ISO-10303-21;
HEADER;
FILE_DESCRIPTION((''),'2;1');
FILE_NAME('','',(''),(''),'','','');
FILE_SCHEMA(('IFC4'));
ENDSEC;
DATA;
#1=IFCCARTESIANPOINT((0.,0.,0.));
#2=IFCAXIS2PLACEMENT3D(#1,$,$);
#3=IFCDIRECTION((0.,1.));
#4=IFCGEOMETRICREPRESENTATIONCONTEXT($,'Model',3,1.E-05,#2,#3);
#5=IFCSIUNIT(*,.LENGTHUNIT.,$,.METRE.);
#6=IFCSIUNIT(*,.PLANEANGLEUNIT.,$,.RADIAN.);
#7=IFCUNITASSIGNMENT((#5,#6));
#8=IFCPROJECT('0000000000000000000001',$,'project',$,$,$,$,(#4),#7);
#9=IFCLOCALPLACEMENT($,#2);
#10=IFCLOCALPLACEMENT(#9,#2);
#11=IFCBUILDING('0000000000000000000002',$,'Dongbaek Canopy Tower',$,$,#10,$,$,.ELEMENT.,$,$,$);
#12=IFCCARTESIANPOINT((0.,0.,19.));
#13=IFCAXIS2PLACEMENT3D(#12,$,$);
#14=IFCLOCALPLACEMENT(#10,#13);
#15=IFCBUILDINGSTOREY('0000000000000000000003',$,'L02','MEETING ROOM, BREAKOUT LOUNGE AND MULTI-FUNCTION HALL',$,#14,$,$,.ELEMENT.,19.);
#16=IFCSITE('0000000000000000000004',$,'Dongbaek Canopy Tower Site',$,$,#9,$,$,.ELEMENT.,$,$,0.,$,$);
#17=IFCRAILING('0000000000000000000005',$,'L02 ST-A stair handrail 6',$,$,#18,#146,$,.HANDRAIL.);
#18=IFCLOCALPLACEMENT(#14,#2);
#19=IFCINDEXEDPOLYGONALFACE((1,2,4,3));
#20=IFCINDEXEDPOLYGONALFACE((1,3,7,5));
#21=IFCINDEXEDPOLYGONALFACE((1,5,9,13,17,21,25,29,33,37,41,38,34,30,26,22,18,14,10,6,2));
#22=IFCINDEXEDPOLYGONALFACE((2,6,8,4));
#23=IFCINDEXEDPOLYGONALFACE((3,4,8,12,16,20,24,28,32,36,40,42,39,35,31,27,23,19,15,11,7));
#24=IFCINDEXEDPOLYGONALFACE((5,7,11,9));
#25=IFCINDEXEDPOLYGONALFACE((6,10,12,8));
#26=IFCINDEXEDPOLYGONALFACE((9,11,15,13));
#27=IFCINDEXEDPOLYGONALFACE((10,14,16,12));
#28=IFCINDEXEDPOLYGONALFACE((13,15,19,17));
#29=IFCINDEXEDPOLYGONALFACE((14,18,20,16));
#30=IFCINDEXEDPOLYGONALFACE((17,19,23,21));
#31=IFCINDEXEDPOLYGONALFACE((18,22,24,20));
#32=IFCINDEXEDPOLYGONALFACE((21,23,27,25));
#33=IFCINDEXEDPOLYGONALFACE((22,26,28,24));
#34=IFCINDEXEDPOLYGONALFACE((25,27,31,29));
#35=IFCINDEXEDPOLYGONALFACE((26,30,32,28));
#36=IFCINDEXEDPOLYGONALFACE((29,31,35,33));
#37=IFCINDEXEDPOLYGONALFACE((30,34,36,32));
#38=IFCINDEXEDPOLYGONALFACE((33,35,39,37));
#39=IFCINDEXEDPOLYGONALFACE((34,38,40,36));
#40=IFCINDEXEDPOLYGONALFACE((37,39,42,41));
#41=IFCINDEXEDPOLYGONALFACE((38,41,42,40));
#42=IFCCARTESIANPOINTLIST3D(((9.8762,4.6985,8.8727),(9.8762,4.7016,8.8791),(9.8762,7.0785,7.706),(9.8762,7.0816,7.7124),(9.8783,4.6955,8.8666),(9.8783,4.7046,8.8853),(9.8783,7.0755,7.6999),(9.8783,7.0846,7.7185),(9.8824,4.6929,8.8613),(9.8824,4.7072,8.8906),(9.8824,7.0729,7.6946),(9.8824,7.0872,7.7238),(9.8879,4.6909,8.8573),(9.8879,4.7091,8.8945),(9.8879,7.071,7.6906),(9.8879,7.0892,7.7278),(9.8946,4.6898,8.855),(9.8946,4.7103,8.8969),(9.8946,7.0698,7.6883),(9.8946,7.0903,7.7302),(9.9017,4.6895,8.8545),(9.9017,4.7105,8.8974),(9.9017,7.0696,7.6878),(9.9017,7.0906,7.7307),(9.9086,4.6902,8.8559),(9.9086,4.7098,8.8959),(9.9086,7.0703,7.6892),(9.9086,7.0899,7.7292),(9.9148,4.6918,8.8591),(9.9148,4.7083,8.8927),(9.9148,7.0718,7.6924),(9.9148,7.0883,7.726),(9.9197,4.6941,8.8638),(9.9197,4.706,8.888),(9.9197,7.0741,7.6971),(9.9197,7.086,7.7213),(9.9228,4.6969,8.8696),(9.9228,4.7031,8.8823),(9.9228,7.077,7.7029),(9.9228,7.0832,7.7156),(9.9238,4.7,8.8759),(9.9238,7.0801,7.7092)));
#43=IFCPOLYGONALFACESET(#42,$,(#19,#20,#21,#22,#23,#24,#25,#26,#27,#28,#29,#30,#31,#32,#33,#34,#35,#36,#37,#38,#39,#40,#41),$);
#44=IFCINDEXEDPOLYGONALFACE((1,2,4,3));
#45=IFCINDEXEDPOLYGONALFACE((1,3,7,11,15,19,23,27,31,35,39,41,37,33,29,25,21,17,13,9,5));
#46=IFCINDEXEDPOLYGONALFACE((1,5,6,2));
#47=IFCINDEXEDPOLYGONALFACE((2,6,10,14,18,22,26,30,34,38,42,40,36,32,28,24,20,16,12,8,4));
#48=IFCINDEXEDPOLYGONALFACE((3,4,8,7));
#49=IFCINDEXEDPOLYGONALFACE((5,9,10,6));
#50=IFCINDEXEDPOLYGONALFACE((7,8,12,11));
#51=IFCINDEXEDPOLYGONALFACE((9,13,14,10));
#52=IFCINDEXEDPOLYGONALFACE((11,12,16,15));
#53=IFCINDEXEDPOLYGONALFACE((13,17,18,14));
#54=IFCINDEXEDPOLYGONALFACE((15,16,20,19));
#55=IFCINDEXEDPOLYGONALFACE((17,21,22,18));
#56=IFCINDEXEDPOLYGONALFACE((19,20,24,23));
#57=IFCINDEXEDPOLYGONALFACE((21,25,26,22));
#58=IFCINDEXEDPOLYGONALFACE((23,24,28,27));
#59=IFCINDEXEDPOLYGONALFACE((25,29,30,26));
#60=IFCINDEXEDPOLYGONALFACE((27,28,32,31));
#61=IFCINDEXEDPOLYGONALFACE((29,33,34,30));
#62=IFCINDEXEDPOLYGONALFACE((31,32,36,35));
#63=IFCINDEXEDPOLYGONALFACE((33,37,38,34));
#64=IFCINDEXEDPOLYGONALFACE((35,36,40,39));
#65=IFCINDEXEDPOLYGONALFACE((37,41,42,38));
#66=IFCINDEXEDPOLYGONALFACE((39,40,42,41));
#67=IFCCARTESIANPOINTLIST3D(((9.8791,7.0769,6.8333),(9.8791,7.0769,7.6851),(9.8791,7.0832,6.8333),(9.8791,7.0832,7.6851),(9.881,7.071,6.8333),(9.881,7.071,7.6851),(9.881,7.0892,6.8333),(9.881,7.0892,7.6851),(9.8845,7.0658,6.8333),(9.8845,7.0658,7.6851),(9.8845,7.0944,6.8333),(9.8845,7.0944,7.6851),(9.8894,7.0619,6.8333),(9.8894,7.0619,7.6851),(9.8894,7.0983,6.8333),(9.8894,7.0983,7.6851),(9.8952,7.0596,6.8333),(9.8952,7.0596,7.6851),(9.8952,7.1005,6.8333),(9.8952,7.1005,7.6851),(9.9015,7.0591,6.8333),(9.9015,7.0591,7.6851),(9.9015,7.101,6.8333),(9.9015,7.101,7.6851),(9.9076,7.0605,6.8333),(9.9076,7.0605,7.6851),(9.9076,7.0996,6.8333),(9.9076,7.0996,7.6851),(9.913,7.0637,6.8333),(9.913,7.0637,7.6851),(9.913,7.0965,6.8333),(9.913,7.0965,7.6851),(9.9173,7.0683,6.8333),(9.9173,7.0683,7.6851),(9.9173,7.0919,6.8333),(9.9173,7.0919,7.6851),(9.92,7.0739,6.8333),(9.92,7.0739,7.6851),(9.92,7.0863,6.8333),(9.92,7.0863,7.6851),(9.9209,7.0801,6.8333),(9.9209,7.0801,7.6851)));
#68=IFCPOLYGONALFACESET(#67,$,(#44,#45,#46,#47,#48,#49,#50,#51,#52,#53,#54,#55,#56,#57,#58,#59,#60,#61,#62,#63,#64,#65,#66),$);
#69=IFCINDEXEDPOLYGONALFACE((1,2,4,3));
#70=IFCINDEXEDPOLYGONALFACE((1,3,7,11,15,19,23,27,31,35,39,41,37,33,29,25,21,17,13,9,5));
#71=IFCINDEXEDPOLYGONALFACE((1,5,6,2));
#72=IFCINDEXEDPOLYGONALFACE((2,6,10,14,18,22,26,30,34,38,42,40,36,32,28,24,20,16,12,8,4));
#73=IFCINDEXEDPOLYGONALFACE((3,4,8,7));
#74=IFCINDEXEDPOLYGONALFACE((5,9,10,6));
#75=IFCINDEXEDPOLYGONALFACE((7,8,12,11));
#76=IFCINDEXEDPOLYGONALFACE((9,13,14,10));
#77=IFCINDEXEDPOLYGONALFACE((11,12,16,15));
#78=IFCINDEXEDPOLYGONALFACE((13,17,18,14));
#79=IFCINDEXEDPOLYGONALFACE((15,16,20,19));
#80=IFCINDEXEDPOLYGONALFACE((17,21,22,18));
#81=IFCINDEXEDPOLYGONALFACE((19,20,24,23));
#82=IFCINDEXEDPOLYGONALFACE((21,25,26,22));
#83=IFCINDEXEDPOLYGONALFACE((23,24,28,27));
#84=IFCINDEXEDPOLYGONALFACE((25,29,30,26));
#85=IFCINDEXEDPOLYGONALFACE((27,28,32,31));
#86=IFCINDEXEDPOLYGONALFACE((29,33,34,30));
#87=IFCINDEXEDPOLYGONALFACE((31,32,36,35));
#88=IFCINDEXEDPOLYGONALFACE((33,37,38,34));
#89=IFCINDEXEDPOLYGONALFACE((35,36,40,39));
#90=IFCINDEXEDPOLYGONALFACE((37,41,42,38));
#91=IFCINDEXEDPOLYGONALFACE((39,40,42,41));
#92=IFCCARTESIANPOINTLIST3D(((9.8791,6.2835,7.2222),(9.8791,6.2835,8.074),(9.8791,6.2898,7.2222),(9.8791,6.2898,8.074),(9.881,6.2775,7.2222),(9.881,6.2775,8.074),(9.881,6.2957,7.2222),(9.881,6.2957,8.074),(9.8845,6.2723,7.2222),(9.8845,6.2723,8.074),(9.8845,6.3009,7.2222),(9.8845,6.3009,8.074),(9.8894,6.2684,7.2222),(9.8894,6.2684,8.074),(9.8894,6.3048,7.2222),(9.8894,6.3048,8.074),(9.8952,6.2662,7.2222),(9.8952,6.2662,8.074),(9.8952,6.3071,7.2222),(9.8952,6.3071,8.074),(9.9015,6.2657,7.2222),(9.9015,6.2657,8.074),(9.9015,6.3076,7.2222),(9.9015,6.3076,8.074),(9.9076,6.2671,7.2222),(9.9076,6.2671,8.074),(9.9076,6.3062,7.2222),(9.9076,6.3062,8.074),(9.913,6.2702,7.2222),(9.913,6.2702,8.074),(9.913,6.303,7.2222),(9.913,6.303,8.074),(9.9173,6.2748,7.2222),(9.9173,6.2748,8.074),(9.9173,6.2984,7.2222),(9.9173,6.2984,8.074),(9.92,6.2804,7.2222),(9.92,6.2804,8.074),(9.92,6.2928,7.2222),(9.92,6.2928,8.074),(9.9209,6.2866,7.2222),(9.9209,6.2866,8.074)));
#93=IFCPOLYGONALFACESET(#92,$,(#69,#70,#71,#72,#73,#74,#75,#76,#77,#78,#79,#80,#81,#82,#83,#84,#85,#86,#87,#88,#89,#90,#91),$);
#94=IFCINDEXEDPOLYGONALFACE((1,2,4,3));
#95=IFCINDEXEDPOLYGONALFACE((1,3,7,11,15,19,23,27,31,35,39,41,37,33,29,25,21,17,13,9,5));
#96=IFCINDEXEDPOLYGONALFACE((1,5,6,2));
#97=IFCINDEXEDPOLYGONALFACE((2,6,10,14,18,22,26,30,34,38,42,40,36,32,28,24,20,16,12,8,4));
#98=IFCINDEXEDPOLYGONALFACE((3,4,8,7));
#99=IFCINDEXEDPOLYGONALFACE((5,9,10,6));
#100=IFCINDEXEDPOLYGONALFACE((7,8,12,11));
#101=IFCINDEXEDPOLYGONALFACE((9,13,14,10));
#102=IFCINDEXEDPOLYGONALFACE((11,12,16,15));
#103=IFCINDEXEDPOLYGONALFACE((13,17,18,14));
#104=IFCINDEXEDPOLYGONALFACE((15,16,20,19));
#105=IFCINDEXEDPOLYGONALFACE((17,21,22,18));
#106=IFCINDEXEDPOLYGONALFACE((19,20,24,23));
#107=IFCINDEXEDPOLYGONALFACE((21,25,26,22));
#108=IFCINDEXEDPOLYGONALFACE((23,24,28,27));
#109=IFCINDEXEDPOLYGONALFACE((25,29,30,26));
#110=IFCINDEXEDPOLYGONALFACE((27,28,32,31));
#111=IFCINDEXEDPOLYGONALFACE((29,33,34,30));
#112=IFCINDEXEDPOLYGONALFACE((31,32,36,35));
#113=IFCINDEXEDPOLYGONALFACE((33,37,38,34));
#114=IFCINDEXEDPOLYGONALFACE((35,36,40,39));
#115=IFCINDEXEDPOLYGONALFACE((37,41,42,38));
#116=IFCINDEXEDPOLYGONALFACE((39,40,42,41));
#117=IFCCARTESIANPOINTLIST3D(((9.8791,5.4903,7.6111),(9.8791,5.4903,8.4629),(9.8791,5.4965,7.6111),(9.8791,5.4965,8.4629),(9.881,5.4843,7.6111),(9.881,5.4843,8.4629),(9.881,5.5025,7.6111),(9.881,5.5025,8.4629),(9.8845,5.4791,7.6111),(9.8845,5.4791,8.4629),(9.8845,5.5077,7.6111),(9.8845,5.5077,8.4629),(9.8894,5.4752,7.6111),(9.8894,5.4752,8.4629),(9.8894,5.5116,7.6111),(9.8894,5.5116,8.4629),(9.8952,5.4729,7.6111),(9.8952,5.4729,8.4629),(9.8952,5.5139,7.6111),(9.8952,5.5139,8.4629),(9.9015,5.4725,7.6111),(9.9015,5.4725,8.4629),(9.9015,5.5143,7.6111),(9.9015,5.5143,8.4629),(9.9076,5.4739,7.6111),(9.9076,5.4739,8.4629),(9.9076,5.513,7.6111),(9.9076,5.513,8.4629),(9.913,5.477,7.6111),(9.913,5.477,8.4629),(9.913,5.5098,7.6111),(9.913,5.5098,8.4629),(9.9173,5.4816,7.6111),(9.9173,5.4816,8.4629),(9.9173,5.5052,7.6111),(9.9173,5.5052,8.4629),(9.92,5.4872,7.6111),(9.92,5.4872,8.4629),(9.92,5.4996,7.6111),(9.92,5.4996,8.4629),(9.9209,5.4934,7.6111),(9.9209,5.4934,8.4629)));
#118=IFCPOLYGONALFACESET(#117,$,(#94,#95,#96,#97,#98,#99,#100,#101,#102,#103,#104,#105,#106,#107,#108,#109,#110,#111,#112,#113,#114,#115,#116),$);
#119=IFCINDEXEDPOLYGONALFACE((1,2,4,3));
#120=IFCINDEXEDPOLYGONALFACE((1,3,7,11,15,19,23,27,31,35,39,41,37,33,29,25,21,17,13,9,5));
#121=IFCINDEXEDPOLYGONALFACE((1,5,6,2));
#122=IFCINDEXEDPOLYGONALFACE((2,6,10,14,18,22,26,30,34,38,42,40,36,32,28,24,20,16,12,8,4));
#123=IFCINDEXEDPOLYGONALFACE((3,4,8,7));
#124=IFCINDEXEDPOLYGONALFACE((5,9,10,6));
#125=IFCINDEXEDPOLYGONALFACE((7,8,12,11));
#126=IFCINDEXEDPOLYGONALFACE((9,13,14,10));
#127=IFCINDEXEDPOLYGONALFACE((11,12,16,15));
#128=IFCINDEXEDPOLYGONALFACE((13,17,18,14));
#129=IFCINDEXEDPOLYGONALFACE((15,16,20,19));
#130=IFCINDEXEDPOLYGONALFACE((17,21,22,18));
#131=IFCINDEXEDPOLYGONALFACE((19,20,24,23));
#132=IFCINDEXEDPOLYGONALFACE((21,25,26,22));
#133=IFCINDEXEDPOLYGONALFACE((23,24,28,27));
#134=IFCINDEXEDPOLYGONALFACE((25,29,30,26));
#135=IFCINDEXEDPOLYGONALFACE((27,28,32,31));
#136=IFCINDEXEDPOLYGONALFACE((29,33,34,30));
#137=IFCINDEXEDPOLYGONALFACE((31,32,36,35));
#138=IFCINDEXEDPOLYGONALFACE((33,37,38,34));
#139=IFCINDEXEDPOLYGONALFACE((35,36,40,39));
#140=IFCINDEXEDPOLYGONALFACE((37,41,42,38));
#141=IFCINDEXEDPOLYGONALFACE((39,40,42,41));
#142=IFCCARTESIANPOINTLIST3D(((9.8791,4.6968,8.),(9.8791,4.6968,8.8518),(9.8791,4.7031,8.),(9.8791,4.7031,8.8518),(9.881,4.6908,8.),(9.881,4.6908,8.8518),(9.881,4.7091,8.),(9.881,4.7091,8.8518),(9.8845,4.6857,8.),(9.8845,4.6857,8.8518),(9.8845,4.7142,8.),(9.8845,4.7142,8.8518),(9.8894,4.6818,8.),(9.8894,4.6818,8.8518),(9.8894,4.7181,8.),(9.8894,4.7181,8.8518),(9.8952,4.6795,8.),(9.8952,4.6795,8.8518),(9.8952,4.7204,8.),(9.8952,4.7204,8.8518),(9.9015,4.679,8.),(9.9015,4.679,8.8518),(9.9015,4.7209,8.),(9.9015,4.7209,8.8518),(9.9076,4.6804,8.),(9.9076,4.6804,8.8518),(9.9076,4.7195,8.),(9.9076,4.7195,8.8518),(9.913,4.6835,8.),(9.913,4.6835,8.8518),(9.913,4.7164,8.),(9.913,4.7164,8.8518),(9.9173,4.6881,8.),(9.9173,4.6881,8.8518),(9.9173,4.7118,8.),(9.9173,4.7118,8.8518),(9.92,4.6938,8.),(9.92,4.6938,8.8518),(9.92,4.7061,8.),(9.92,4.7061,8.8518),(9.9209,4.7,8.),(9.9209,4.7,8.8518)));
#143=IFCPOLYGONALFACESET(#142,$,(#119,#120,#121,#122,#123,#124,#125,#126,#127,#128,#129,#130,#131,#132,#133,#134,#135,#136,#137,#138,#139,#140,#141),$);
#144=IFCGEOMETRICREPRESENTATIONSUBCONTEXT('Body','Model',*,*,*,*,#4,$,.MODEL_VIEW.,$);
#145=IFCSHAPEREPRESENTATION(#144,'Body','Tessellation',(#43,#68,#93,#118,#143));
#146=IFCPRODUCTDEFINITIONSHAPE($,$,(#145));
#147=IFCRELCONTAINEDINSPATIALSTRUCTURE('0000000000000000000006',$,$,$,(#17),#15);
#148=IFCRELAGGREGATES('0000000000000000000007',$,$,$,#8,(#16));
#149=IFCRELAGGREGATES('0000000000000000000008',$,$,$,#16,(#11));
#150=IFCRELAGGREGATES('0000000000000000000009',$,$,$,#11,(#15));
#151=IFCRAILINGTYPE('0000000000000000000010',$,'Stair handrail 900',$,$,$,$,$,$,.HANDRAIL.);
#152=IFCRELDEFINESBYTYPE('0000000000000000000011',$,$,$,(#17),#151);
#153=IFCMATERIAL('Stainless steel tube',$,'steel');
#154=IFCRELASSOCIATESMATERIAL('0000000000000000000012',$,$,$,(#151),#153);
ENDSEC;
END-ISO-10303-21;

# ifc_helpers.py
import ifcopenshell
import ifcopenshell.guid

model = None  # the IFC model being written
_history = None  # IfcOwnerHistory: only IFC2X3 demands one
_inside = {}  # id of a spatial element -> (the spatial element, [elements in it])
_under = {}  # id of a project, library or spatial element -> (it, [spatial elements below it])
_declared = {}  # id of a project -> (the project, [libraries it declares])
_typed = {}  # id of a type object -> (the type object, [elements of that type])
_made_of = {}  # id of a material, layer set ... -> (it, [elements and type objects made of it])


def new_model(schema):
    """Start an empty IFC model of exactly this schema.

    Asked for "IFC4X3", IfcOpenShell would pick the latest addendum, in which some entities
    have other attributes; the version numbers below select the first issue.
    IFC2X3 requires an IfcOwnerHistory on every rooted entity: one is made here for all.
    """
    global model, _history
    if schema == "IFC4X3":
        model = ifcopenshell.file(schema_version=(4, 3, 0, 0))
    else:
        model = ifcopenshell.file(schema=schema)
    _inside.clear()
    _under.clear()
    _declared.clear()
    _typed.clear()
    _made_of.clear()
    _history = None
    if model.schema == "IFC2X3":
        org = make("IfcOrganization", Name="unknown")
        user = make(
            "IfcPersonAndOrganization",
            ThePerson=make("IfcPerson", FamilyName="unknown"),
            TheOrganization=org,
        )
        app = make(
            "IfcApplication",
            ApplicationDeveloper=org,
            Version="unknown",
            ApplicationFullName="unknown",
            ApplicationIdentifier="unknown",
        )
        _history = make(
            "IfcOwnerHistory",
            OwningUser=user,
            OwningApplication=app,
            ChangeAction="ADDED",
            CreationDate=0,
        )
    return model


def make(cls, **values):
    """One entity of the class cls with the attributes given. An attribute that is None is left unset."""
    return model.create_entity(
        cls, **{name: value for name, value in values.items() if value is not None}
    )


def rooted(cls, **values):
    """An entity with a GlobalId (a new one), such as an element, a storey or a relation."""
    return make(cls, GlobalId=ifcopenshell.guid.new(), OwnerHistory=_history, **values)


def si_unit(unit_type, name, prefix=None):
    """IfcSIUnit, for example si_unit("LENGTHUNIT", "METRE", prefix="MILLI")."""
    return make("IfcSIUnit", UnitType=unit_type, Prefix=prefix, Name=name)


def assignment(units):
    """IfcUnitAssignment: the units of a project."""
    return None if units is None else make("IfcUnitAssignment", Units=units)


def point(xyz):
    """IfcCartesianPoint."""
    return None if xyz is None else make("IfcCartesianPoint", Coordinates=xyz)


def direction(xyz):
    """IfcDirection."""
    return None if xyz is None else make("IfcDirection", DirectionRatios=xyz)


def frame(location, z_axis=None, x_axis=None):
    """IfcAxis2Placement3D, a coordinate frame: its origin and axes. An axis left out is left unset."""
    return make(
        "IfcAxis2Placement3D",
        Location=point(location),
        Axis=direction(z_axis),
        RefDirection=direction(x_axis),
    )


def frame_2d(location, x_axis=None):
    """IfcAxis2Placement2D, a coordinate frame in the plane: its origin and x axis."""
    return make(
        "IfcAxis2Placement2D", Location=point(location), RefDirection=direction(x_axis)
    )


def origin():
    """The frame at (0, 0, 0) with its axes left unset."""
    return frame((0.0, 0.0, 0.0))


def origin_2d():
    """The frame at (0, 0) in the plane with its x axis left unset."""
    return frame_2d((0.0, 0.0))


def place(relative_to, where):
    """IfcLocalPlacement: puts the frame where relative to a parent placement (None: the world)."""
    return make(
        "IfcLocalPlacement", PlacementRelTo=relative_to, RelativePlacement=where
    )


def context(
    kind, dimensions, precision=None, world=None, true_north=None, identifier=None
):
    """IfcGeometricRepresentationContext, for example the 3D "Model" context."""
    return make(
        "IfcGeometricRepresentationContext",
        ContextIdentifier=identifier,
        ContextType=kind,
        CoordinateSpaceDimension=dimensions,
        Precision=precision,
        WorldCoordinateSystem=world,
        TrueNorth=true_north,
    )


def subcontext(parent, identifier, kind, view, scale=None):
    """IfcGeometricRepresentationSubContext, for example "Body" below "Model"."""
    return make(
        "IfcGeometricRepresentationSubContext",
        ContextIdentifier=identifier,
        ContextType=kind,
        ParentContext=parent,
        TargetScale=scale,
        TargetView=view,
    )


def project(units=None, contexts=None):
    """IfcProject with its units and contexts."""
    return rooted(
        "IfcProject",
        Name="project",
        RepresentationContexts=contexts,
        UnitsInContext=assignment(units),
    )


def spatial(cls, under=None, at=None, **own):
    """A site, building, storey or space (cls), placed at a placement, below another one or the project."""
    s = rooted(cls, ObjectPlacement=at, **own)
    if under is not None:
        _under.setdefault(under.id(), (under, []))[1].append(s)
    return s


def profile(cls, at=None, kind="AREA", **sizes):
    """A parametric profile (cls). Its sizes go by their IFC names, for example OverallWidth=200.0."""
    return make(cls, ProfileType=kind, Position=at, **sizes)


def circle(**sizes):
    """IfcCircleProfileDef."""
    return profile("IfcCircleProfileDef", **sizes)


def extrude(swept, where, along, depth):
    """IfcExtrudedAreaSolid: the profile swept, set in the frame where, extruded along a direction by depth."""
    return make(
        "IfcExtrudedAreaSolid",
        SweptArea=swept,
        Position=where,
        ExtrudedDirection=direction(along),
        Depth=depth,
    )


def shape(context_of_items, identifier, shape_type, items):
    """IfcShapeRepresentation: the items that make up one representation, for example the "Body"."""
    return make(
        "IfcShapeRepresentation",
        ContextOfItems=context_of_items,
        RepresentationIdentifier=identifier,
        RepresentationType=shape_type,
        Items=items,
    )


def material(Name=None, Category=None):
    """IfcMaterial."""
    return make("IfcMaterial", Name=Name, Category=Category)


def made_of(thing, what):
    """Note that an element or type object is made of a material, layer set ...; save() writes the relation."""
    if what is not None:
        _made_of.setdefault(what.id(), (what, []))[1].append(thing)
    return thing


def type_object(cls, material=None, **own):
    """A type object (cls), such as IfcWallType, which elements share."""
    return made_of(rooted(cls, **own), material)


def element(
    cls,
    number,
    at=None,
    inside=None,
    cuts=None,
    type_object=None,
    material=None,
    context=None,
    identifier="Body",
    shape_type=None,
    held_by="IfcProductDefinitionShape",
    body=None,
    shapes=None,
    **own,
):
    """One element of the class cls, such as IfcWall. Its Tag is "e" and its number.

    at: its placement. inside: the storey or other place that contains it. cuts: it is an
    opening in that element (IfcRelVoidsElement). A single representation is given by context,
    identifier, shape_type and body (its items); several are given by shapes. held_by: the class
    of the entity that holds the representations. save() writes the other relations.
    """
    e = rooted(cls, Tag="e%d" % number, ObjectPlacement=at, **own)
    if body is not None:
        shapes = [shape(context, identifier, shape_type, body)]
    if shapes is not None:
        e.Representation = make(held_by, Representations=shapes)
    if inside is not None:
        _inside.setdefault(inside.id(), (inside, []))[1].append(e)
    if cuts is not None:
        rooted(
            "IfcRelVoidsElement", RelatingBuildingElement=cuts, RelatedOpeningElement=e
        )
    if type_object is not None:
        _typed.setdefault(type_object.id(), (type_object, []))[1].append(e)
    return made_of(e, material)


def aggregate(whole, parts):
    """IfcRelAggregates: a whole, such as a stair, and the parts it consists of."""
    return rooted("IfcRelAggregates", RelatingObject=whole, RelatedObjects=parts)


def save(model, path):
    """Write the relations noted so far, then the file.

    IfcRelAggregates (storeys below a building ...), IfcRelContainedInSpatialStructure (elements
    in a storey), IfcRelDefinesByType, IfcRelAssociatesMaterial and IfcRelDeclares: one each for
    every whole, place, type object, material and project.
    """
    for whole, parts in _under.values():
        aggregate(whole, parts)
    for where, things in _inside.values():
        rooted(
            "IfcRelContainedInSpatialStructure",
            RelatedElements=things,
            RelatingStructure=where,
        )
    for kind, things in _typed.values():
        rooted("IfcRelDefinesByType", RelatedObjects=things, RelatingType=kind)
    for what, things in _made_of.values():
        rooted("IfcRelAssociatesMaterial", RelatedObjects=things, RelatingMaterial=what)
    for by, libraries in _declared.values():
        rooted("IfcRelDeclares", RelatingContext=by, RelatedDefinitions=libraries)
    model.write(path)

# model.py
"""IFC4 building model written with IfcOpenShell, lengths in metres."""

from ifc_helpers import new_model, si_unit, direction, frame, origin, origin_2d, place, context, subcontext, project, spatial, circle, extrude, material, type_object, element, save


model = new_model("IFC4")

# Units and contexts
model_context = context("Model", 3, precision=1e-05, world=origin(), true_north=direction((0.0, 1.0)))
body_context = subcontext(model_context, "Body", "Model", "MODEL_VIEW")
ifc_project = project(units=[si_unit("LENGTHUNIT", "METRE"), si_unit("PLANEANGLEUNIT", "RADIAN")], contexts=[model_context])

# Site, building, storey
site_placement = place(None, origin())
site = spatial("IfcSite", under=ifc_project, at=site_placement, Name="Dongbaek Canopy Tower Site", CompositionType="ELEMENT", RefElevation=0.0)
building_placement = place(site_placement, origin())
building = spatial("IfcBuilding", under=site, at=building_placement, Name="Dongbaek Canopy Tower", CompositionType="ELEMENT")
storey_placement = place(building_placement, frame((0.0, 0.0, 19.0)))
storey = spatial("IfcBuildingStorey", under=building, at=storey_placement, Name="L02", Description="MEETING ROOM, BREAKOUT LOUNGE AND MULTI-FUNCTION HALL", CompositionType="ELEMENT", Elevation=19.0)

# Railing
ifc_material_1 = material(Name="Stainless steel tube", Category="steel")
railing_type = type_object("IfcRailingType", Name="Stair handrail 900", PredefinedType="HANDRAIL", material=ifc_material_1)
railing_1_placement = place(storey_placement, frame((9.8999, 7.0801, 6.8333)))
element("IfcRailing", 1, at=railing_1_placement, inside=storey, type_object=railing_type, Name="L02 ST-A stair handrail 6", PredefinedType="HANDRAIL", context=body_context, shape_type="SweptSolid", body=[
    extrude(circle(Radius=0.0239, at=origin_2d()), frame((0.0, 0.0, 0.876), z_axis=(0.0, -0.897918, 0.440163), x_axis=(1.0, 0.0, 0.0)), (0.0, 0.0, 1.0), 2.6506),
    extrude(circle(Radius=0.021, at=origin_2d()), origin(), (0.0, 0.0, 1.0), 0.8518),
    extrude(circle(Radius=0.021, at=origin_2d()), frame((0.0, -0.7935, 0.3889)), (0.0, 0.0, 1.0), 0.8518),
    extrude(circle(Radius=0.021, at=origin_2d()), frame((0.0, -1.5867, 0.7778)), (0.0, 0.0, 1.0), 0.8518),
    extrude(circle(Radius=0.021, at=origin_2d()), frame((0.0, -2.3801, 1.1667)), (0.0, 0.0, 1.0), 0.8518),
])

save(model, "model.ifc")
